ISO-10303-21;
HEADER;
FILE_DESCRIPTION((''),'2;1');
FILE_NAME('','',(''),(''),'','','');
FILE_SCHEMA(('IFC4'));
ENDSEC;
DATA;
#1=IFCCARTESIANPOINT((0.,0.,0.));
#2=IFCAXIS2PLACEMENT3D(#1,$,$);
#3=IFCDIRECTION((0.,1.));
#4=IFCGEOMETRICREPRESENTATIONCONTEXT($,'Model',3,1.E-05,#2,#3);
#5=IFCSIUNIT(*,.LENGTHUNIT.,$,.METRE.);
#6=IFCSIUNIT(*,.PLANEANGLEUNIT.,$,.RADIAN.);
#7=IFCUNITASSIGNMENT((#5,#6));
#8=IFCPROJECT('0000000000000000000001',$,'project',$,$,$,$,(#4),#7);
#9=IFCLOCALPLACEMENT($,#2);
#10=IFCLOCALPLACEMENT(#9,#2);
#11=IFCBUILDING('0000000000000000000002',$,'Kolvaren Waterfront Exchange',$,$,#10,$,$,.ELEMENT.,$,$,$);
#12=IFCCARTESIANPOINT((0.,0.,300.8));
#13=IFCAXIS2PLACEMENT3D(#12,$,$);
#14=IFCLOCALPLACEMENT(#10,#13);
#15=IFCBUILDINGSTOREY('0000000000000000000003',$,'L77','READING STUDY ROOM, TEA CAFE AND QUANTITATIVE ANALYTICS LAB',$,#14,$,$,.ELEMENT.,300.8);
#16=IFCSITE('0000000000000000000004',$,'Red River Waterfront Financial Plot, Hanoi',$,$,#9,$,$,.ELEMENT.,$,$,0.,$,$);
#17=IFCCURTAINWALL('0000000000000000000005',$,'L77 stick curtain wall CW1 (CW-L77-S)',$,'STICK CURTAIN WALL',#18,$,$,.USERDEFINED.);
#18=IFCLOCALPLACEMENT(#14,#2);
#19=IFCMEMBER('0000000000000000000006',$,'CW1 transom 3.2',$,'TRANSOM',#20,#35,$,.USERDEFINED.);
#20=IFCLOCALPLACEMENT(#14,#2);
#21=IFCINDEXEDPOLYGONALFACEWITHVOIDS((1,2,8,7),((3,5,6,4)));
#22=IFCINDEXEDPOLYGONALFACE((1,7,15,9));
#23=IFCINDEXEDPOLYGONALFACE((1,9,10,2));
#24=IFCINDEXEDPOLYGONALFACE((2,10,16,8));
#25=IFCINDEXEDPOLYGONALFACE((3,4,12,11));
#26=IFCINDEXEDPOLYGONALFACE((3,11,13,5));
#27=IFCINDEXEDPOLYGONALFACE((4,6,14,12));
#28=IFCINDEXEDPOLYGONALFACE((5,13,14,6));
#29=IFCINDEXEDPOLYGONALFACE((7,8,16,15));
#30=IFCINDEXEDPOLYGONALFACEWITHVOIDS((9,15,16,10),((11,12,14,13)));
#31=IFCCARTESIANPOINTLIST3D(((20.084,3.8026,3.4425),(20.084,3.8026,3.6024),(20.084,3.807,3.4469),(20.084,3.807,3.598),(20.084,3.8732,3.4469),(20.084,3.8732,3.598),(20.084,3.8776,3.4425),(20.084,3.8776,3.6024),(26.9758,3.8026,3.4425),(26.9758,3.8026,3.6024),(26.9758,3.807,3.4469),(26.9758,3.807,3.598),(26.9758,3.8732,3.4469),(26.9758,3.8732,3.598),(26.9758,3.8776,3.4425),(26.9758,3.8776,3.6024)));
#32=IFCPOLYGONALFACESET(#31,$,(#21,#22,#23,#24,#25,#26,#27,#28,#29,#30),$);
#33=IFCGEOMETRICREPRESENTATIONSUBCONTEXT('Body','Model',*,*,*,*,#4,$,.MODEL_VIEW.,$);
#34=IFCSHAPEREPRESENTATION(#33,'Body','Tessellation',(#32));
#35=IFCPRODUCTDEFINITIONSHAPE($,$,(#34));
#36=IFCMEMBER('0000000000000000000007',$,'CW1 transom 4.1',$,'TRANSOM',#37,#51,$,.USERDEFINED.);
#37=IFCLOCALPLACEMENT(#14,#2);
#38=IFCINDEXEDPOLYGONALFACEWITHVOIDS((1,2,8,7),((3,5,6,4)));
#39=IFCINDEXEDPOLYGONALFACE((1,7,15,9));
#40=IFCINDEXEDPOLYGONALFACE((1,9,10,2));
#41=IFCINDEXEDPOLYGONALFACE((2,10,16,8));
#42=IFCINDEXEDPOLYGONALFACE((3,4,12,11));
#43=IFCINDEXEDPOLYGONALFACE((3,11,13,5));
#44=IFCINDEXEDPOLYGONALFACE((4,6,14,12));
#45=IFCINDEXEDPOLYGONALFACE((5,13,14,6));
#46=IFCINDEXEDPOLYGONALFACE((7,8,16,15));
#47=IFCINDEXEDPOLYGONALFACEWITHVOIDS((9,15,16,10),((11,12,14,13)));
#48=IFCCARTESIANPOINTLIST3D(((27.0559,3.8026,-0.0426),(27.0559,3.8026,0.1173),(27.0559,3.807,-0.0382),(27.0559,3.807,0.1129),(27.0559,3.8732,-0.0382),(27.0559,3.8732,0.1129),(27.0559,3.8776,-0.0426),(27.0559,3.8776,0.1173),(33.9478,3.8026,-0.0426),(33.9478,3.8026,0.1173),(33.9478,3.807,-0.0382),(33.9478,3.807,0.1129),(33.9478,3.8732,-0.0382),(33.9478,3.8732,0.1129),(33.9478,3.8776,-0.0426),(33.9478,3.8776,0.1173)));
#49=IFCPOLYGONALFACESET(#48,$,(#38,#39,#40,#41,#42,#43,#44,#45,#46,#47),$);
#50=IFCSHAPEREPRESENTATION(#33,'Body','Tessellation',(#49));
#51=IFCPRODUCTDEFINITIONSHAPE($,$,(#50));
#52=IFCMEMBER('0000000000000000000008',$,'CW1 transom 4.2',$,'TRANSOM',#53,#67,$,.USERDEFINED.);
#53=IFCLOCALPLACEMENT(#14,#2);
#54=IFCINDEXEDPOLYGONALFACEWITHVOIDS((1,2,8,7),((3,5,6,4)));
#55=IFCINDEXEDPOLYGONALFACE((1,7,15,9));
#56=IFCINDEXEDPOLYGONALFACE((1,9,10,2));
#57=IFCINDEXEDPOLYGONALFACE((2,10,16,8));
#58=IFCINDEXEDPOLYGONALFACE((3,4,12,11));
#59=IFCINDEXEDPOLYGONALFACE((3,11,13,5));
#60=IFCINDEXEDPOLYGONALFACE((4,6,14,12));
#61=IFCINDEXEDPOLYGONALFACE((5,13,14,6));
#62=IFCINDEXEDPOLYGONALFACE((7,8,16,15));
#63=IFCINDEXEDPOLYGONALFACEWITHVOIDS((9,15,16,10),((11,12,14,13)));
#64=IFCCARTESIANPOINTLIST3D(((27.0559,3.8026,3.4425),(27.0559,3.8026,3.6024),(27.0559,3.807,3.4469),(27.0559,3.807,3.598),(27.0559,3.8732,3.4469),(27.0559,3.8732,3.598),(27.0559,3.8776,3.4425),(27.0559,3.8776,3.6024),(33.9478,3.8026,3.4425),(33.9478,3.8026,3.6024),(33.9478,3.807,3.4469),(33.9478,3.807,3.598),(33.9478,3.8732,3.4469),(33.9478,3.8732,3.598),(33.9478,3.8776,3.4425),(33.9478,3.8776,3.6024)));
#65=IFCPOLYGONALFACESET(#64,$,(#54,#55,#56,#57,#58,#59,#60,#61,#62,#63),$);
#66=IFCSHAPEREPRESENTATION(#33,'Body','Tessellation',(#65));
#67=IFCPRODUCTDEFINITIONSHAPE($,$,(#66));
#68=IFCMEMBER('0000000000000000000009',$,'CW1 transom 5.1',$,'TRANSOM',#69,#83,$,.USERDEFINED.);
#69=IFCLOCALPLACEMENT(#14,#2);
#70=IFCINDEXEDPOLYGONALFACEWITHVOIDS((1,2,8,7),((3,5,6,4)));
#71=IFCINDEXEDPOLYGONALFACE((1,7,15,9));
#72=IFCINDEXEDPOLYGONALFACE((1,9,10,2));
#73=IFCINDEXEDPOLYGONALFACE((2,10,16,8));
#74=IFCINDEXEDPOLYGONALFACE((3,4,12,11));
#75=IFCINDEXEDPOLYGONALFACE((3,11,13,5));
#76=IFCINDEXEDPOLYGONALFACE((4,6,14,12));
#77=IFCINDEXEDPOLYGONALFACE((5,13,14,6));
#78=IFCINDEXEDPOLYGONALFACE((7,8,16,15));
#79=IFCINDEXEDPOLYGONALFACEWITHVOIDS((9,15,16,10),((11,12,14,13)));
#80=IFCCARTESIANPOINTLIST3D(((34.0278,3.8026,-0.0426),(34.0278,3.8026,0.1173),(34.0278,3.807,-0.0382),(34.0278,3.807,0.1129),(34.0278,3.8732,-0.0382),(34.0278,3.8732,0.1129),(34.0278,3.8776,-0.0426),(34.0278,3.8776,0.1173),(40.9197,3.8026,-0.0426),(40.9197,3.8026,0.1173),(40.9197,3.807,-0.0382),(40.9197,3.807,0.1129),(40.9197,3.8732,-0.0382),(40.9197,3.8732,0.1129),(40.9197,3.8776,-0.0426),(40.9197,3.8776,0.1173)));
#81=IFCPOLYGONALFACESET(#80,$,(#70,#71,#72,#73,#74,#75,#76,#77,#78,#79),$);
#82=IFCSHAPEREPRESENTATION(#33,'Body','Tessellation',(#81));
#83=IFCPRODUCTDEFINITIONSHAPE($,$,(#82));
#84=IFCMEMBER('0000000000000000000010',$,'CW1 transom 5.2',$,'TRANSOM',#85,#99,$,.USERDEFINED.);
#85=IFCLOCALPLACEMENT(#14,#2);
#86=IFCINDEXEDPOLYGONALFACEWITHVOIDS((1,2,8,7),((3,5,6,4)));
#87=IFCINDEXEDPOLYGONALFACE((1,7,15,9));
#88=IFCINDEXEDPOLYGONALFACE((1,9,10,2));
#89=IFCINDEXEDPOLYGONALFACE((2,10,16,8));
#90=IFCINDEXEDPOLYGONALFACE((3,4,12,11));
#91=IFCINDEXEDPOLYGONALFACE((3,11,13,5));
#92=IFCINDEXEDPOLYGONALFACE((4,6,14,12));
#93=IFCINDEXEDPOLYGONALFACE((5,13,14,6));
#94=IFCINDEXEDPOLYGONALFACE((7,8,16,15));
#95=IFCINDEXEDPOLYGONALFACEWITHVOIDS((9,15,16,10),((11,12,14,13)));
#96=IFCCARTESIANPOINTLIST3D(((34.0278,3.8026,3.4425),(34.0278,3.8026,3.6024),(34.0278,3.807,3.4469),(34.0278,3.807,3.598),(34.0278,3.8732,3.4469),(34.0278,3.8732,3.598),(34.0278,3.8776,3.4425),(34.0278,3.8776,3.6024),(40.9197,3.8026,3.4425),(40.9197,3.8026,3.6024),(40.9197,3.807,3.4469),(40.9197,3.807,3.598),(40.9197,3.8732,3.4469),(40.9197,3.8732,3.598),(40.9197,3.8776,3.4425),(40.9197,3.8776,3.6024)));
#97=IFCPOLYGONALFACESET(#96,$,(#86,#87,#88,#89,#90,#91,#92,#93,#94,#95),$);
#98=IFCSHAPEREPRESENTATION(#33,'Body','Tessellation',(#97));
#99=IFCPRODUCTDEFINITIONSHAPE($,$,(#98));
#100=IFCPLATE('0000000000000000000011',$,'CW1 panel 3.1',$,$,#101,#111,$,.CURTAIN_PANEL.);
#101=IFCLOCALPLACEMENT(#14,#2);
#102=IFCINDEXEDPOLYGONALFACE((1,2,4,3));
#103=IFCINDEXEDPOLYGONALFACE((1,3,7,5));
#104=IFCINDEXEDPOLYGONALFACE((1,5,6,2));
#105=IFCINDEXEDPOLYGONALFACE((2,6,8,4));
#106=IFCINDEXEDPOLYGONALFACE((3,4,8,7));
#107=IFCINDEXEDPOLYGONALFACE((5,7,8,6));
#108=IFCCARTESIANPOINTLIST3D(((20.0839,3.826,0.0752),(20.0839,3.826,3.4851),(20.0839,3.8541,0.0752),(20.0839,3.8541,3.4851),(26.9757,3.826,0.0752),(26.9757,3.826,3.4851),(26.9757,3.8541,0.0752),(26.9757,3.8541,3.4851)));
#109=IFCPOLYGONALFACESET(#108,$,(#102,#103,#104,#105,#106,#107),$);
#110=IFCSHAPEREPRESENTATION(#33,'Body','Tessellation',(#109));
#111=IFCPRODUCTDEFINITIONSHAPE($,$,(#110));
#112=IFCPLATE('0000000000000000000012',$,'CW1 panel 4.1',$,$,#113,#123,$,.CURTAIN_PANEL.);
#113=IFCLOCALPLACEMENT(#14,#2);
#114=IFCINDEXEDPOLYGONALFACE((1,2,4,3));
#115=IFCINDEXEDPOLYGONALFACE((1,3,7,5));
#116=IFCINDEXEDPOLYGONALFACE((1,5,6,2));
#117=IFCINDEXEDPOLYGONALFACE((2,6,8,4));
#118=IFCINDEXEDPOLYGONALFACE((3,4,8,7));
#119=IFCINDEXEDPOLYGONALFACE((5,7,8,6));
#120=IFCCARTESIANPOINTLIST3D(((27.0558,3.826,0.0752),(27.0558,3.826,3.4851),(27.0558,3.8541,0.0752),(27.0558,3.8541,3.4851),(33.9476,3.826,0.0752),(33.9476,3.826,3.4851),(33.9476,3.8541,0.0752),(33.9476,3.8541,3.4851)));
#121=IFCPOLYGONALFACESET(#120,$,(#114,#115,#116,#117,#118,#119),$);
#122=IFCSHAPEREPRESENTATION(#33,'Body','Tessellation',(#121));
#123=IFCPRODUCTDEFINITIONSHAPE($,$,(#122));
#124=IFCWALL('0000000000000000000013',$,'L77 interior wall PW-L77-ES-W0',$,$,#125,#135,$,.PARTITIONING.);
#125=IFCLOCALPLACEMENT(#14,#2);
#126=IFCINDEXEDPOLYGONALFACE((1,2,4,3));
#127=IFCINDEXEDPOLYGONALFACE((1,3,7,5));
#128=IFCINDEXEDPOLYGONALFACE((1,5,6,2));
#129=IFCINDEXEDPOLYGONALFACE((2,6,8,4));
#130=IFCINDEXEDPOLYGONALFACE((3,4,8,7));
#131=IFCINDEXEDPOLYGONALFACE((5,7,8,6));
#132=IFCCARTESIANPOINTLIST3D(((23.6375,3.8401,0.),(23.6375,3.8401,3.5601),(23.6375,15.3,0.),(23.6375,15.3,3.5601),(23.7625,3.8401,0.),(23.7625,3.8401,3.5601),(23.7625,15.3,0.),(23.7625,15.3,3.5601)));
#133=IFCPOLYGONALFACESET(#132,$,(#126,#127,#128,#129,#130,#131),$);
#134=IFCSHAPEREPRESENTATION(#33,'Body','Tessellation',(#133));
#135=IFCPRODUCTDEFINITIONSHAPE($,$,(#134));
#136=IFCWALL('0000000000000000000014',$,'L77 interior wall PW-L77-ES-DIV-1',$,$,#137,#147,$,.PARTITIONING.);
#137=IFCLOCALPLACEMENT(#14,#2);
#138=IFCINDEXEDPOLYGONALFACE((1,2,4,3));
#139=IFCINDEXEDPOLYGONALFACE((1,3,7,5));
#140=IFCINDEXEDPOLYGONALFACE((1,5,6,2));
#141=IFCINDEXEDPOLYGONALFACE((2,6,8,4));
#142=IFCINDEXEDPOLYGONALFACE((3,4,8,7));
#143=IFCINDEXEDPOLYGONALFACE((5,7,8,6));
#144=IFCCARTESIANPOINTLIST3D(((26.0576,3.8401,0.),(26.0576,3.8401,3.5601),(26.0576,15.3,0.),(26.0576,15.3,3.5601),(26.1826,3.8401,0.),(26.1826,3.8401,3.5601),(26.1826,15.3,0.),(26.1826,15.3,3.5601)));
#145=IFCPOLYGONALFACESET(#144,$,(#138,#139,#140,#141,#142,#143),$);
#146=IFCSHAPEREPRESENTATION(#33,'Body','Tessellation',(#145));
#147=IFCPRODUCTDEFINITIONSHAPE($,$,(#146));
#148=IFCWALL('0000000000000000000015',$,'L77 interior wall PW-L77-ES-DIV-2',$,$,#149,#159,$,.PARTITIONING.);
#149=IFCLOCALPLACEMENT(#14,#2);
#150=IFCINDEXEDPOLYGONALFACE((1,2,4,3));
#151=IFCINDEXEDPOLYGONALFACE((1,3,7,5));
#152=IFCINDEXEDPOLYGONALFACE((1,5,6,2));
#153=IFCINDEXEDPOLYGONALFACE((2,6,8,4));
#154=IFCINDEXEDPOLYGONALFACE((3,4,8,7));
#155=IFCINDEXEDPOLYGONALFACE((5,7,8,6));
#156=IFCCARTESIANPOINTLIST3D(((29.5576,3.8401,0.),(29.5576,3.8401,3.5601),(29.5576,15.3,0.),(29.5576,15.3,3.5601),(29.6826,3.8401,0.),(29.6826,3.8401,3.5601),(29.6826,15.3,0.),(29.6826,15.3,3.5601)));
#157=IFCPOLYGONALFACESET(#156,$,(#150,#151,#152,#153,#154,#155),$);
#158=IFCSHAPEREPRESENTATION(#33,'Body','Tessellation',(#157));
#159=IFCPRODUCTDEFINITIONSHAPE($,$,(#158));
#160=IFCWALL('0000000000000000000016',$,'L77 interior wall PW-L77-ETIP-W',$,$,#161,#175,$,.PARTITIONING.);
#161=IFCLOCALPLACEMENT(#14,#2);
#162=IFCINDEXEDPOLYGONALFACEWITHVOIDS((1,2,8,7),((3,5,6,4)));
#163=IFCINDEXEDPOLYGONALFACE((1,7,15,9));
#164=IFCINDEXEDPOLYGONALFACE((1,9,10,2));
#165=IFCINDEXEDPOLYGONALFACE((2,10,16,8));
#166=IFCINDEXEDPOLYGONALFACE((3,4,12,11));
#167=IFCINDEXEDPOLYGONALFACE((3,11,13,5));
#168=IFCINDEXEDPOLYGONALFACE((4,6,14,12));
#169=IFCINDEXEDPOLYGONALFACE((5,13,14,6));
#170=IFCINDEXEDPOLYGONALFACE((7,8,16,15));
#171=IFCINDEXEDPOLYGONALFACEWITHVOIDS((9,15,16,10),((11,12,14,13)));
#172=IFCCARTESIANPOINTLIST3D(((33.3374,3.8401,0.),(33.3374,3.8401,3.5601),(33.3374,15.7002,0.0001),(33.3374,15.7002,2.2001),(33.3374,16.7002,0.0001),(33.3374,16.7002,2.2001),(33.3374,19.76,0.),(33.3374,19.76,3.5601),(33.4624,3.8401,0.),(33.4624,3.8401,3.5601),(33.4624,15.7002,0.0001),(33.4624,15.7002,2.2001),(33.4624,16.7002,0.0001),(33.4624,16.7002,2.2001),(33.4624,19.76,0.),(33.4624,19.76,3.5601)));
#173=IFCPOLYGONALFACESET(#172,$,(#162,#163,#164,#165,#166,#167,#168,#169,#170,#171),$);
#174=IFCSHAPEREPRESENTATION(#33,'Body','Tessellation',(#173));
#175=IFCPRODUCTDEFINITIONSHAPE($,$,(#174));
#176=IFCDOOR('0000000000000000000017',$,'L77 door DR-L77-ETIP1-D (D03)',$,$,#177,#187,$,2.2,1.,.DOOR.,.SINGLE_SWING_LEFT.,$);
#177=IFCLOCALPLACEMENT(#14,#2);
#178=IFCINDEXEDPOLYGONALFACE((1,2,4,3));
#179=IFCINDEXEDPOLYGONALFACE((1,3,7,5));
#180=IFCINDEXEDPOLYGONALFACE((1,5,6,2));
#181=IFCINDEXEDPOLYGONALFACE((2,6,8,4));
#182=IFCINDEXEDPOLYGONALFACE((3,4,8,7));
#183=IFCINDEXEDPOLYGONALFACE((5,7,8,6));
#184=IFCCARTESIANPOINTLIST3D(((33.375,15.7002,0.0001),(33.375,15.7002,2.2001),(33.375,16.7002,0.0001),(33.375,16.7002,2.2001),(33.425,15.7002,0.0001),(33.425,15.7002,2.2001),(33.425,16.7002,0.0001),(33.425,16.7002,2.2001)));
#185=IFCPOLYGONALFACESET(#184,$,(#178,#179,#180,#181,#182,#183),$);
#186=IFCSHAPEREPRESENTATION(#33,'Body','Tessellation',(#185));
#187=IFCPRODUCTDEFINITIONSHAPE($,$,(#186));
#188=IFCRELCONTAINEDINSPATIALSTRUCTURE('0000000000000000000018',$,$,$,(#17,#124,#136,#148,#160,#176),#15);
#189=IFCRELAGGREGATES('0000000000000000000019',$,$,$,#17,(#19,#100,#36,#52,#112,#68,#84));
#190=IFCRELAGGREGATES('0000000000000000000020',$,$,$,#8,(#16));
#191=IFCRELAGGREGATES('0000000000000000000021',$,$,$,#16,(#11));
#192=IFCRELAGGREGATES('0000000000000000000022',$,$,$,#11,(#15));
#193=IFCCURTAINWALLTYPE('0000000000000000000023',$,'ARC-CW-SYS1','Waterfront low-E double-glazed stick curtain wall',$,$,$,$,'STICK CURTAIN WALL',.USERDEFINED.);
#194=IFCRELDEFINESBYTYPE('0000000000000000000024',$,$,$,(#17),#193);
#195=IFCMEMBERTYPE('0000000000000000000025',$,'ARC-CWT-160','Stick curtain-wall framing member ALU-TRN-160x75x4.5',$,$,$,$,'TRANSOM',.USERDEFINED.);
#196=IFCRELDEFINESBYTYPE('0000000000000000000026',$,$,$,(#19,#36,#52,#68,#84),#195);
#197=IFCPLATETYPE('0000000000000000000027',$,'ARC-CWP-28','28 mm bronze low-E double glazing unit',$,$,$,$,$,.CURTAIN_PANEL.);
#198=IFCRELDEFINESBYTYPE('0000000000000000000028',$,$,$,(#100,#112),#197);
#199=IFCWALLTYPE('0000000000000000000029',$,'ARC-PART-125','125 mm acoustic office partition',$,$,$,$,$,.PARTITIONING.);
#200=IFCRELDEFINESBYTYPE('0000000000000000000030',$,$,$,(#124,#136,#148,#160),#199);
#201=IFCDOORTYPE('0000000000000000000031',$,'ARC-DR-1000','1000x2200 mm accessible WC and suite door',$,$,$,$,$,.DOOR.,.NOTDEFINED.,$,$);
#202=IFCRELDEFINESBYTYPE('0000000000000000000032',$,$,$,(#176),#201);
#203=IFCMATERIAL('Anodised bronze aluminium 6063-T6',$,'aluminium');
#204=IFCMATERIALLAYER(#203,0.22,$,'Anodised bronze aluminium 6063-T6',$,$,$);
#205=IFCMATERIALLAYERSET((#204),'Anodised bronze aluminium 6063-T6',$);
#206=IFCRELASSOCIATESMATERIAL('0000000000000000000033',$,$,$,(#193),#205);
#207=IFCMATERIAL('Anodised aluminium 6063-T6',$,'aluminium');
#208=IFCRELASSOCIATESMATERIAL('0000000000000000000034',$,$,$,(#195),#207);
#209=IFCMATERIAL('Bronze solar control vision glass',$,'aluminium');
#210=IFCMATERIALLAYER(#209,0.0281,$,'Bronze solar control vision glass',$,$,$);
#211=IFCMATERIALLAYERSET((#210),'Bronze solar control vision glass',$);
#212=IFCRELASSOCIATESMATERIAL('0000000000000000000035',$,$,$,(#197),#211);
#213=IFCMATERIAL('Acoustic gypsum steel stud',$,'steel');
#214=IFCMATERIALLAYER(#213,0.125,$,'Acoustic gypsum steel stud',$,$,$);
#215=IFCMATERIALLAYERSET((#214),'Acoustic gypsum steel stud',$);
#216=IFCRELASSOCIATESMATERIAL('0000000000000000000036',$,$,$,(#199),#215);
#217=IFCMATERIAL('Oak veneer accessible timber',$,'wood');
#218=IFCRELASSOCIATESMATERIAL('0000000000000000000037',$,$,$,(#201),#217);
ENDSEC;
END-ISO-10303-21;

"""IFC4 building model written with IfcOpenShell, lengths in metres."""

from ifc_helpers import new_model, si_unit, direction, frame, frame_2d, origin, origin_with_axes, origin_2d, place, context, subcontext, project, spatial, rectangle, hollow_rectangle, extrude, source, transform, mapped, material, layer, layer_set, material_profile, profile_set, type_object, element, fill, aggregate, save


model = new_model("IFC4")

# Units and contexts
model_context = context("Model", 3, precision=1e-05, world=origin(), true_north=direction((0.0, 1.0)))
body_context = subcontext(model_context, "Body", "Model", "MODEL_VIEW")
ifc_project = project(units=[si_unit("LENGTHUNIT", "METRE"), si_unit("PLANEANGLEUNIT", "RADIAN")], contexts=[model_context])

# Site, building, storey
site_placement = place(None, origin())
site = spatial("IfcSite", under=ifc_project, at=site_placement, Name="Red River Waterfront Financial Plot, Hanoi", CompositionType="ELEMENT", RefElevation=0.0)
building_placement = place(site_placement, origin())
building = spatial("IfcBuilding", under=site, at=building_placement, Name="Kolvaren Waterfront Exchange", CompositionType="ELEMENT")
storey_placement = place(building_placement, frame((0.0, 0.0, 300.8)))
storey = spatial("IfcBuildingStorey", under=building, at=storey_placement, Name="L77", Description="READING STUDY ROOM, TEA CAFE AND QUANTITATIVE ANALYTICS LAB", CompositionType="ELEMENT", Elevation=300.8)

# Curtain wall, members, plates
ifc_material_1 = material(Name="Anodised bronze aluminium 6063-T6", Category="aluminium")
ifc_layer_1 = layer(ifc_material_1, 0.22, Name="Anodised bronze aluminium 6063-T6")
ifc_layer_set_1 = layer_set([ifc_layer_1], Name="Anodised bronze aluminium 6063-T6")
curtain_wall_type = type_object("IfcCurtainWallType", Name="ARC-CW-SYS1", Description="Waterfront low-E double-glazed stick curtain wall", ElementType="STICK CURTAIN WALL", PredefinedType="USERDEFINED", material=ifc_layer_set_1)
curtain_wall_placement = place(storey_placement, origin())
curtain_wall = element("IfcCurtainWall", 1, at=curtain_wall_placement, inside=storey, type_object=curtain_wall_type, Name="L77 stick curtain wall CW1 (CW-L77-S)", ObjectType="STICK CURTAIN WALL", PredefinedType="USERDEFINED")
ifc_material_2 = material(Name="Anodised aluminium 6063-T6", Category="aluminium")
ifc_material_profile_1 = material_profile(ifc_material_2, hollow_rectangle(XDim=0.075, YDim=0.1599, WallThickness=0.0044, at=origin_2d()), Name="ALU-TRN-160x75x4.5")
ifc_profile_set_1 = profile_set([ifc_material_profile_1], Name="Anodised aluminium 6063-T6")
member_type_1 = type_object("IfcMemberType", Name="ARC-CWT-160", Description="Stick curtain-wall framing member ALU-TRN-160x75x4.5", ElementType="TRANSOM", PredefinedType="USERDEFINED", material=ifc_profile_set_1)
shared_shape_1 = source(origin_with_axes(), body_context, "Body", "SweptSolid", [
    extrude(hollow_rectangle(XDim=0.075, YDim=0.1599, WallThickness=0.0044, at=origin_2d()), origin(), (0.0, 0.0, 1.0), 6.8918),
])
member_1_placement = place(storey_placement, frame((20.084, 3.8401, 3.5225), z_axis=(1.0, 0.0, 0.0), x_axis=(0.0, 1.0, 0.0)))
member_1 = element("IfcMember", 2, at=member_1_placement, type_object=member_type_1, Name="CW1 transom 3.2", ObjectType="TRANSOM", PredefinedType="USERDEFINED", context=body_context, shape_type="MappedRepresentation", body=[
    mapped(shared_shape_1, transform((0.0, 0.0, 0.0), x_axis=(1.0, 0.0, 0.0), y_axis=(0.0, 1.0, 0.0), z_axis=(0.0, 0.0, 1.0), scale=1.0)),
])
member_2_placement = place(storey_placement, frame((27.0559, 3.8401, 0.0374), z_axis=(1.0, 0.0, 0.0), x_axis=(0.0, 1.0, 0.0)))
member_2 = element("IfcMember", 3, at=member_2_placement, type_object=member_type_1, Name="CW1 transom 4.1", ObjectType="TRANSOM", PredefinedType="USERDEFINED", context=body_context, shape_type="MappedRepresentation", body=[
    mapped(shared_shape_1, transform((0.0, 0.0, 0.0), x_axis=(1.0, 0.0, 0.0), y_axis=(0.0, 1.0, 0.0), z_axis=(0.0, 0.0, 1.0), scale=1.0)),
])
member_3_placement = place(storey_placement, frame((27.0559, 3.8401, 3.5225), z_axis=(1.0, 0.0, 0.0), x_axis=(0.0, 1.0, 0.0)))
member_3 = element("IfcMember", 4, at=member_3_placement, type_object=member_type_1, Name="CW1 transom 4.2", ObjectType="TRANSOM", PredefinedType="USERDEFINED", context=body_context, shape_type="MappedRepresentation", body=[
    mapped(shared_shape_1, transform((0.0, 0.0, 0.0), x_axis=(1.0, 0.0, 0.0), y_axis=(0.0, 1.0, 0.0), z_axis=(0.0, 0.0, 1.0), scale=1.0)),
])
member_4_placement = place(storey_placement, frame((34.0278, 3.8401, 0.0374), z_axis=(1.0, 0.0, 0.0), x_axis=(0.0, 1.0, 0.0)))
member_4 = element("IfcMember", 5, at=member_4_placement, type_object=member_type_1, Name="CW1 transom 5.1", ObjectType="TRANSOM", PredefinedType="USERDEFINED", context=body_context, shape_type="MappedRepresentation", body=[
    mapped(shared_shape_1, transform((0.0, 0.0, 0.0), x_axis=(1.0, 0.0, 0.0), y_axis=(0.0, 1.0, 0.0), z_axis=(0.0, 0.0, 1.0), scale=1.0)),
])
member_5_placement = place(storey_placement, frame((34.0278, 3.8401, 3.5225), z_axis=(1.0, 0.0, 0.0), x_axis=(0.0, 1.0, 0.0)))
member_5 = element("IfcMember", 6, at=member_5_placement, type_object=member_type_1, Name="CW1 transom 5.2", ObjectType="TRANSOM", PredefinedType="USERDEFINED", context=body_context, shape_type="MappedRepresentation", body=[
    mapped(shared_shape_1, transform((0.0, 0.0, 0.0), x_axis=(1.0, 0.0, 0.0), y_axis=(0.0, 1.0, 0.0), z_axis=(0.0, 0.0, 1.0), scale=1.0)),
])
ifc_material_3 = material(Name="Bronze solar control vision glass", Category="aluminium")
ifc_layer_2 = layer(ifc_material_3, 0.0281, Name="Bronze solar control vision glass")
ifc_layer_set_2 = layer_set([ifc_layer_2], Name="Bronze solar control vision glass")
plate_type = type_object("IfcPlateType", Name="ARC-CWP-28", Description="28 mm bronze low-E double glazing unit", PredefinedType="CURTAIN_PANEL", material=ifc_layer_set_2)
shared_shape_2 = source(origin_with_axes(), body_context, "Body", "SweptSolid", [
    extrude(rectangle(XDim=6.8918, YDim=0.0281, at=origin_2d()), origin(), (0.0, 0.0, 1.0), 3.4099),
])
plate_1_placement = place(storey_placement, frame((23.5298, 3.8401, 0.0752), z_axis=(0.0, 0.0, 1.0), x_axis=(1.0, 0.0, 0.0)))
plate_1 = element("IfcPlate", 7, at=plate_1_placement, type_object=plate_type, Name="CW1 panel 3.1", PredefinedType="CURTAIN_PANEL", context=body_context, shape_type="MappedRepresentation", body=[
    mapped(shared_shape_2, transform((0.0, 0.0, 0.0), x_axis=(1.0, 0.0, 0.0), y_axis=(0.0, 1.0, 0.0), z_axis=(0.0, 0.0, 1.0), scale=1.0)),
])
plate_2_placement = place(storey_placement, frame((30.5017, 3.8401, 0.0752), z_axis=(0.0, 0.0, 1.0), x_axis=(1.0, 0.0, 0.0)))
plate_2 = element("IfcPlate", 8, at=plate_2_placement, type_object=plate_type, Name="CW1 panel 4.1", PredefinedType="CURTAIN_PANEL", context=body_context, shape_type="MappedRepresentation", body=[
    mapped(shared_shape_2, transform((0.0, 0.0, 0.0), x_axis=(1.0, 0.0, 0.0), y_axis=(0.0, 1.0, 0.0), z_axis=(0.0, 0.0, 1.0), scale=1.0)),
])
aggregate(curtain_wall, [member_1, plate_1, member_2, member_3, plate_2, member_4, member_5])

# Walls
ifc_material_4 = material(Name="Acoustic gypsum steel stud", Category="steel")
ifc_layer_3 = layer(ifc_material_4, 0.125, Name="Acoustic gypsum steel stud")
ifc_layer_set_3 = layer_set([ifc_layer_3], Name="Acoustic gypsum steel stud")
wall_type_1 = type_object("IfcWallType", Name="ARC-PART-125", Description="125 mm acoustic office partition", PredefinedType="PARTITIONING", material=ifc_layer_set_3)
for number, where, z_axis, x_axis, name in (
    (9, (23.7, 3.8401, 0.0), (0.0, 0.0, 1.0), (0.0, 1.0, 0.0), "L77 interior wall PW-L77-ES-W0"),
    (10, (26.1201, 3.8401, 0.0), (0.0, 0.0, 1.0), (0.0, 1.0, 0.0), "L77 interior wall PW-L77-ES-DIV-1"),
    (11, (29.6201, 3.8401, 0.0), (0.0, 0.0, 1.0), (0.0, 1.0, 0.0), "L77 interior wall PW-L77-ES-DIV-2"),
):
    element("IfcWall", number, at=place(storey_placement, frame(where, z_axis=z_axis, x_axis=x_axis)), inside=storey, type_object=wall_type_1, Name=name, PredefinedType="PARTITIONING", context=body_context, shape_type="SweptSolid", body=[
        extrude(rectangle(XDim=11.46, YDim=0.125, at=frame_2d((5.73, 0.0))), origin(), (0.0, 0.0, 1.0), 3.5601),
    ])

# Wall, opening, door
wall_1_placement = place(storey_placement, frame((33.3999, 3.8401, 0.0), z_axis=(0.0, 0.0, 1.0), x_axis=(0.0, 1.0, 0.0)))
wall_1 = element("IfcWall", 12, at=wall_1_placement, inside=storey, type_object=wall_type_1, Name="L77 interior wall PW-L77-ETIP-W", PredefinedType="PARTITIONING", context=body_context, shape_type="SweptSolid", body=[
    extrude(rectangle(XDim=15.9199, YDim=0.125, at=frame_2d((7.96, 0.0))), origin(), (0.0, 0.0, 1.0), 3.5601),
])
opening_placement = place(wall_1_placement, frame((11.8601, 0.0, 0.0)))
opening = element("IfcOpeningElement", 13, at=opening_placement, cuts=wall_1, PredefinedType="OPENING", context=body_context, shape_type="SweptSolid", body=[
    extrude(rectangle(XDim=1.0, YDim=2.2, at=frame_2d((0.5, 1.1001))), frame((0.0, 0.0725, 0.0), z_axis=(0.0, -1.0, 0.0), x_axis=(1.0, 0.0, 0.0)), (0.0, 0.0, 1.0), 0.145),
])
ifc_material_5 = material(Name="Oak veneer accessible timber", Category="wood")
door_type = type_object("IfcDoorType", Name="ARC-DR-1000", Description="1000x2200 mm accessible WC and suite door", OperationType="NOTDEFINED", PredefinedType="DOOR", material=ifc_material_5)
door_placement = place(opening_placement, origin())
door = element("IfcDoor", 14, at=door_placement, inside=storey, type_object=door_type, Name="L77 door DR-L77-ETIP1-D (D03)", OperationType="SINGLE_SWING_LEFT", OverallHeight=2.2, OverallWidth=1.0, PredefinedType="DOOR", context=body_context, shape_type="SweptSolid", body=[
    extrude(rectangle(XDim=1.0, YDim=2.2, at=frame_2d((0.5, 1.1001))), frame((0.0, 0.0249, 0.0), z_axis=(0.0, -1.0, 0.0), x_axis=(1.0, 0.0, 0.0)), (0.0, 0.0, 1.0), 0.05),
])
fill(opening, door)

save(model, "model.ifc")
